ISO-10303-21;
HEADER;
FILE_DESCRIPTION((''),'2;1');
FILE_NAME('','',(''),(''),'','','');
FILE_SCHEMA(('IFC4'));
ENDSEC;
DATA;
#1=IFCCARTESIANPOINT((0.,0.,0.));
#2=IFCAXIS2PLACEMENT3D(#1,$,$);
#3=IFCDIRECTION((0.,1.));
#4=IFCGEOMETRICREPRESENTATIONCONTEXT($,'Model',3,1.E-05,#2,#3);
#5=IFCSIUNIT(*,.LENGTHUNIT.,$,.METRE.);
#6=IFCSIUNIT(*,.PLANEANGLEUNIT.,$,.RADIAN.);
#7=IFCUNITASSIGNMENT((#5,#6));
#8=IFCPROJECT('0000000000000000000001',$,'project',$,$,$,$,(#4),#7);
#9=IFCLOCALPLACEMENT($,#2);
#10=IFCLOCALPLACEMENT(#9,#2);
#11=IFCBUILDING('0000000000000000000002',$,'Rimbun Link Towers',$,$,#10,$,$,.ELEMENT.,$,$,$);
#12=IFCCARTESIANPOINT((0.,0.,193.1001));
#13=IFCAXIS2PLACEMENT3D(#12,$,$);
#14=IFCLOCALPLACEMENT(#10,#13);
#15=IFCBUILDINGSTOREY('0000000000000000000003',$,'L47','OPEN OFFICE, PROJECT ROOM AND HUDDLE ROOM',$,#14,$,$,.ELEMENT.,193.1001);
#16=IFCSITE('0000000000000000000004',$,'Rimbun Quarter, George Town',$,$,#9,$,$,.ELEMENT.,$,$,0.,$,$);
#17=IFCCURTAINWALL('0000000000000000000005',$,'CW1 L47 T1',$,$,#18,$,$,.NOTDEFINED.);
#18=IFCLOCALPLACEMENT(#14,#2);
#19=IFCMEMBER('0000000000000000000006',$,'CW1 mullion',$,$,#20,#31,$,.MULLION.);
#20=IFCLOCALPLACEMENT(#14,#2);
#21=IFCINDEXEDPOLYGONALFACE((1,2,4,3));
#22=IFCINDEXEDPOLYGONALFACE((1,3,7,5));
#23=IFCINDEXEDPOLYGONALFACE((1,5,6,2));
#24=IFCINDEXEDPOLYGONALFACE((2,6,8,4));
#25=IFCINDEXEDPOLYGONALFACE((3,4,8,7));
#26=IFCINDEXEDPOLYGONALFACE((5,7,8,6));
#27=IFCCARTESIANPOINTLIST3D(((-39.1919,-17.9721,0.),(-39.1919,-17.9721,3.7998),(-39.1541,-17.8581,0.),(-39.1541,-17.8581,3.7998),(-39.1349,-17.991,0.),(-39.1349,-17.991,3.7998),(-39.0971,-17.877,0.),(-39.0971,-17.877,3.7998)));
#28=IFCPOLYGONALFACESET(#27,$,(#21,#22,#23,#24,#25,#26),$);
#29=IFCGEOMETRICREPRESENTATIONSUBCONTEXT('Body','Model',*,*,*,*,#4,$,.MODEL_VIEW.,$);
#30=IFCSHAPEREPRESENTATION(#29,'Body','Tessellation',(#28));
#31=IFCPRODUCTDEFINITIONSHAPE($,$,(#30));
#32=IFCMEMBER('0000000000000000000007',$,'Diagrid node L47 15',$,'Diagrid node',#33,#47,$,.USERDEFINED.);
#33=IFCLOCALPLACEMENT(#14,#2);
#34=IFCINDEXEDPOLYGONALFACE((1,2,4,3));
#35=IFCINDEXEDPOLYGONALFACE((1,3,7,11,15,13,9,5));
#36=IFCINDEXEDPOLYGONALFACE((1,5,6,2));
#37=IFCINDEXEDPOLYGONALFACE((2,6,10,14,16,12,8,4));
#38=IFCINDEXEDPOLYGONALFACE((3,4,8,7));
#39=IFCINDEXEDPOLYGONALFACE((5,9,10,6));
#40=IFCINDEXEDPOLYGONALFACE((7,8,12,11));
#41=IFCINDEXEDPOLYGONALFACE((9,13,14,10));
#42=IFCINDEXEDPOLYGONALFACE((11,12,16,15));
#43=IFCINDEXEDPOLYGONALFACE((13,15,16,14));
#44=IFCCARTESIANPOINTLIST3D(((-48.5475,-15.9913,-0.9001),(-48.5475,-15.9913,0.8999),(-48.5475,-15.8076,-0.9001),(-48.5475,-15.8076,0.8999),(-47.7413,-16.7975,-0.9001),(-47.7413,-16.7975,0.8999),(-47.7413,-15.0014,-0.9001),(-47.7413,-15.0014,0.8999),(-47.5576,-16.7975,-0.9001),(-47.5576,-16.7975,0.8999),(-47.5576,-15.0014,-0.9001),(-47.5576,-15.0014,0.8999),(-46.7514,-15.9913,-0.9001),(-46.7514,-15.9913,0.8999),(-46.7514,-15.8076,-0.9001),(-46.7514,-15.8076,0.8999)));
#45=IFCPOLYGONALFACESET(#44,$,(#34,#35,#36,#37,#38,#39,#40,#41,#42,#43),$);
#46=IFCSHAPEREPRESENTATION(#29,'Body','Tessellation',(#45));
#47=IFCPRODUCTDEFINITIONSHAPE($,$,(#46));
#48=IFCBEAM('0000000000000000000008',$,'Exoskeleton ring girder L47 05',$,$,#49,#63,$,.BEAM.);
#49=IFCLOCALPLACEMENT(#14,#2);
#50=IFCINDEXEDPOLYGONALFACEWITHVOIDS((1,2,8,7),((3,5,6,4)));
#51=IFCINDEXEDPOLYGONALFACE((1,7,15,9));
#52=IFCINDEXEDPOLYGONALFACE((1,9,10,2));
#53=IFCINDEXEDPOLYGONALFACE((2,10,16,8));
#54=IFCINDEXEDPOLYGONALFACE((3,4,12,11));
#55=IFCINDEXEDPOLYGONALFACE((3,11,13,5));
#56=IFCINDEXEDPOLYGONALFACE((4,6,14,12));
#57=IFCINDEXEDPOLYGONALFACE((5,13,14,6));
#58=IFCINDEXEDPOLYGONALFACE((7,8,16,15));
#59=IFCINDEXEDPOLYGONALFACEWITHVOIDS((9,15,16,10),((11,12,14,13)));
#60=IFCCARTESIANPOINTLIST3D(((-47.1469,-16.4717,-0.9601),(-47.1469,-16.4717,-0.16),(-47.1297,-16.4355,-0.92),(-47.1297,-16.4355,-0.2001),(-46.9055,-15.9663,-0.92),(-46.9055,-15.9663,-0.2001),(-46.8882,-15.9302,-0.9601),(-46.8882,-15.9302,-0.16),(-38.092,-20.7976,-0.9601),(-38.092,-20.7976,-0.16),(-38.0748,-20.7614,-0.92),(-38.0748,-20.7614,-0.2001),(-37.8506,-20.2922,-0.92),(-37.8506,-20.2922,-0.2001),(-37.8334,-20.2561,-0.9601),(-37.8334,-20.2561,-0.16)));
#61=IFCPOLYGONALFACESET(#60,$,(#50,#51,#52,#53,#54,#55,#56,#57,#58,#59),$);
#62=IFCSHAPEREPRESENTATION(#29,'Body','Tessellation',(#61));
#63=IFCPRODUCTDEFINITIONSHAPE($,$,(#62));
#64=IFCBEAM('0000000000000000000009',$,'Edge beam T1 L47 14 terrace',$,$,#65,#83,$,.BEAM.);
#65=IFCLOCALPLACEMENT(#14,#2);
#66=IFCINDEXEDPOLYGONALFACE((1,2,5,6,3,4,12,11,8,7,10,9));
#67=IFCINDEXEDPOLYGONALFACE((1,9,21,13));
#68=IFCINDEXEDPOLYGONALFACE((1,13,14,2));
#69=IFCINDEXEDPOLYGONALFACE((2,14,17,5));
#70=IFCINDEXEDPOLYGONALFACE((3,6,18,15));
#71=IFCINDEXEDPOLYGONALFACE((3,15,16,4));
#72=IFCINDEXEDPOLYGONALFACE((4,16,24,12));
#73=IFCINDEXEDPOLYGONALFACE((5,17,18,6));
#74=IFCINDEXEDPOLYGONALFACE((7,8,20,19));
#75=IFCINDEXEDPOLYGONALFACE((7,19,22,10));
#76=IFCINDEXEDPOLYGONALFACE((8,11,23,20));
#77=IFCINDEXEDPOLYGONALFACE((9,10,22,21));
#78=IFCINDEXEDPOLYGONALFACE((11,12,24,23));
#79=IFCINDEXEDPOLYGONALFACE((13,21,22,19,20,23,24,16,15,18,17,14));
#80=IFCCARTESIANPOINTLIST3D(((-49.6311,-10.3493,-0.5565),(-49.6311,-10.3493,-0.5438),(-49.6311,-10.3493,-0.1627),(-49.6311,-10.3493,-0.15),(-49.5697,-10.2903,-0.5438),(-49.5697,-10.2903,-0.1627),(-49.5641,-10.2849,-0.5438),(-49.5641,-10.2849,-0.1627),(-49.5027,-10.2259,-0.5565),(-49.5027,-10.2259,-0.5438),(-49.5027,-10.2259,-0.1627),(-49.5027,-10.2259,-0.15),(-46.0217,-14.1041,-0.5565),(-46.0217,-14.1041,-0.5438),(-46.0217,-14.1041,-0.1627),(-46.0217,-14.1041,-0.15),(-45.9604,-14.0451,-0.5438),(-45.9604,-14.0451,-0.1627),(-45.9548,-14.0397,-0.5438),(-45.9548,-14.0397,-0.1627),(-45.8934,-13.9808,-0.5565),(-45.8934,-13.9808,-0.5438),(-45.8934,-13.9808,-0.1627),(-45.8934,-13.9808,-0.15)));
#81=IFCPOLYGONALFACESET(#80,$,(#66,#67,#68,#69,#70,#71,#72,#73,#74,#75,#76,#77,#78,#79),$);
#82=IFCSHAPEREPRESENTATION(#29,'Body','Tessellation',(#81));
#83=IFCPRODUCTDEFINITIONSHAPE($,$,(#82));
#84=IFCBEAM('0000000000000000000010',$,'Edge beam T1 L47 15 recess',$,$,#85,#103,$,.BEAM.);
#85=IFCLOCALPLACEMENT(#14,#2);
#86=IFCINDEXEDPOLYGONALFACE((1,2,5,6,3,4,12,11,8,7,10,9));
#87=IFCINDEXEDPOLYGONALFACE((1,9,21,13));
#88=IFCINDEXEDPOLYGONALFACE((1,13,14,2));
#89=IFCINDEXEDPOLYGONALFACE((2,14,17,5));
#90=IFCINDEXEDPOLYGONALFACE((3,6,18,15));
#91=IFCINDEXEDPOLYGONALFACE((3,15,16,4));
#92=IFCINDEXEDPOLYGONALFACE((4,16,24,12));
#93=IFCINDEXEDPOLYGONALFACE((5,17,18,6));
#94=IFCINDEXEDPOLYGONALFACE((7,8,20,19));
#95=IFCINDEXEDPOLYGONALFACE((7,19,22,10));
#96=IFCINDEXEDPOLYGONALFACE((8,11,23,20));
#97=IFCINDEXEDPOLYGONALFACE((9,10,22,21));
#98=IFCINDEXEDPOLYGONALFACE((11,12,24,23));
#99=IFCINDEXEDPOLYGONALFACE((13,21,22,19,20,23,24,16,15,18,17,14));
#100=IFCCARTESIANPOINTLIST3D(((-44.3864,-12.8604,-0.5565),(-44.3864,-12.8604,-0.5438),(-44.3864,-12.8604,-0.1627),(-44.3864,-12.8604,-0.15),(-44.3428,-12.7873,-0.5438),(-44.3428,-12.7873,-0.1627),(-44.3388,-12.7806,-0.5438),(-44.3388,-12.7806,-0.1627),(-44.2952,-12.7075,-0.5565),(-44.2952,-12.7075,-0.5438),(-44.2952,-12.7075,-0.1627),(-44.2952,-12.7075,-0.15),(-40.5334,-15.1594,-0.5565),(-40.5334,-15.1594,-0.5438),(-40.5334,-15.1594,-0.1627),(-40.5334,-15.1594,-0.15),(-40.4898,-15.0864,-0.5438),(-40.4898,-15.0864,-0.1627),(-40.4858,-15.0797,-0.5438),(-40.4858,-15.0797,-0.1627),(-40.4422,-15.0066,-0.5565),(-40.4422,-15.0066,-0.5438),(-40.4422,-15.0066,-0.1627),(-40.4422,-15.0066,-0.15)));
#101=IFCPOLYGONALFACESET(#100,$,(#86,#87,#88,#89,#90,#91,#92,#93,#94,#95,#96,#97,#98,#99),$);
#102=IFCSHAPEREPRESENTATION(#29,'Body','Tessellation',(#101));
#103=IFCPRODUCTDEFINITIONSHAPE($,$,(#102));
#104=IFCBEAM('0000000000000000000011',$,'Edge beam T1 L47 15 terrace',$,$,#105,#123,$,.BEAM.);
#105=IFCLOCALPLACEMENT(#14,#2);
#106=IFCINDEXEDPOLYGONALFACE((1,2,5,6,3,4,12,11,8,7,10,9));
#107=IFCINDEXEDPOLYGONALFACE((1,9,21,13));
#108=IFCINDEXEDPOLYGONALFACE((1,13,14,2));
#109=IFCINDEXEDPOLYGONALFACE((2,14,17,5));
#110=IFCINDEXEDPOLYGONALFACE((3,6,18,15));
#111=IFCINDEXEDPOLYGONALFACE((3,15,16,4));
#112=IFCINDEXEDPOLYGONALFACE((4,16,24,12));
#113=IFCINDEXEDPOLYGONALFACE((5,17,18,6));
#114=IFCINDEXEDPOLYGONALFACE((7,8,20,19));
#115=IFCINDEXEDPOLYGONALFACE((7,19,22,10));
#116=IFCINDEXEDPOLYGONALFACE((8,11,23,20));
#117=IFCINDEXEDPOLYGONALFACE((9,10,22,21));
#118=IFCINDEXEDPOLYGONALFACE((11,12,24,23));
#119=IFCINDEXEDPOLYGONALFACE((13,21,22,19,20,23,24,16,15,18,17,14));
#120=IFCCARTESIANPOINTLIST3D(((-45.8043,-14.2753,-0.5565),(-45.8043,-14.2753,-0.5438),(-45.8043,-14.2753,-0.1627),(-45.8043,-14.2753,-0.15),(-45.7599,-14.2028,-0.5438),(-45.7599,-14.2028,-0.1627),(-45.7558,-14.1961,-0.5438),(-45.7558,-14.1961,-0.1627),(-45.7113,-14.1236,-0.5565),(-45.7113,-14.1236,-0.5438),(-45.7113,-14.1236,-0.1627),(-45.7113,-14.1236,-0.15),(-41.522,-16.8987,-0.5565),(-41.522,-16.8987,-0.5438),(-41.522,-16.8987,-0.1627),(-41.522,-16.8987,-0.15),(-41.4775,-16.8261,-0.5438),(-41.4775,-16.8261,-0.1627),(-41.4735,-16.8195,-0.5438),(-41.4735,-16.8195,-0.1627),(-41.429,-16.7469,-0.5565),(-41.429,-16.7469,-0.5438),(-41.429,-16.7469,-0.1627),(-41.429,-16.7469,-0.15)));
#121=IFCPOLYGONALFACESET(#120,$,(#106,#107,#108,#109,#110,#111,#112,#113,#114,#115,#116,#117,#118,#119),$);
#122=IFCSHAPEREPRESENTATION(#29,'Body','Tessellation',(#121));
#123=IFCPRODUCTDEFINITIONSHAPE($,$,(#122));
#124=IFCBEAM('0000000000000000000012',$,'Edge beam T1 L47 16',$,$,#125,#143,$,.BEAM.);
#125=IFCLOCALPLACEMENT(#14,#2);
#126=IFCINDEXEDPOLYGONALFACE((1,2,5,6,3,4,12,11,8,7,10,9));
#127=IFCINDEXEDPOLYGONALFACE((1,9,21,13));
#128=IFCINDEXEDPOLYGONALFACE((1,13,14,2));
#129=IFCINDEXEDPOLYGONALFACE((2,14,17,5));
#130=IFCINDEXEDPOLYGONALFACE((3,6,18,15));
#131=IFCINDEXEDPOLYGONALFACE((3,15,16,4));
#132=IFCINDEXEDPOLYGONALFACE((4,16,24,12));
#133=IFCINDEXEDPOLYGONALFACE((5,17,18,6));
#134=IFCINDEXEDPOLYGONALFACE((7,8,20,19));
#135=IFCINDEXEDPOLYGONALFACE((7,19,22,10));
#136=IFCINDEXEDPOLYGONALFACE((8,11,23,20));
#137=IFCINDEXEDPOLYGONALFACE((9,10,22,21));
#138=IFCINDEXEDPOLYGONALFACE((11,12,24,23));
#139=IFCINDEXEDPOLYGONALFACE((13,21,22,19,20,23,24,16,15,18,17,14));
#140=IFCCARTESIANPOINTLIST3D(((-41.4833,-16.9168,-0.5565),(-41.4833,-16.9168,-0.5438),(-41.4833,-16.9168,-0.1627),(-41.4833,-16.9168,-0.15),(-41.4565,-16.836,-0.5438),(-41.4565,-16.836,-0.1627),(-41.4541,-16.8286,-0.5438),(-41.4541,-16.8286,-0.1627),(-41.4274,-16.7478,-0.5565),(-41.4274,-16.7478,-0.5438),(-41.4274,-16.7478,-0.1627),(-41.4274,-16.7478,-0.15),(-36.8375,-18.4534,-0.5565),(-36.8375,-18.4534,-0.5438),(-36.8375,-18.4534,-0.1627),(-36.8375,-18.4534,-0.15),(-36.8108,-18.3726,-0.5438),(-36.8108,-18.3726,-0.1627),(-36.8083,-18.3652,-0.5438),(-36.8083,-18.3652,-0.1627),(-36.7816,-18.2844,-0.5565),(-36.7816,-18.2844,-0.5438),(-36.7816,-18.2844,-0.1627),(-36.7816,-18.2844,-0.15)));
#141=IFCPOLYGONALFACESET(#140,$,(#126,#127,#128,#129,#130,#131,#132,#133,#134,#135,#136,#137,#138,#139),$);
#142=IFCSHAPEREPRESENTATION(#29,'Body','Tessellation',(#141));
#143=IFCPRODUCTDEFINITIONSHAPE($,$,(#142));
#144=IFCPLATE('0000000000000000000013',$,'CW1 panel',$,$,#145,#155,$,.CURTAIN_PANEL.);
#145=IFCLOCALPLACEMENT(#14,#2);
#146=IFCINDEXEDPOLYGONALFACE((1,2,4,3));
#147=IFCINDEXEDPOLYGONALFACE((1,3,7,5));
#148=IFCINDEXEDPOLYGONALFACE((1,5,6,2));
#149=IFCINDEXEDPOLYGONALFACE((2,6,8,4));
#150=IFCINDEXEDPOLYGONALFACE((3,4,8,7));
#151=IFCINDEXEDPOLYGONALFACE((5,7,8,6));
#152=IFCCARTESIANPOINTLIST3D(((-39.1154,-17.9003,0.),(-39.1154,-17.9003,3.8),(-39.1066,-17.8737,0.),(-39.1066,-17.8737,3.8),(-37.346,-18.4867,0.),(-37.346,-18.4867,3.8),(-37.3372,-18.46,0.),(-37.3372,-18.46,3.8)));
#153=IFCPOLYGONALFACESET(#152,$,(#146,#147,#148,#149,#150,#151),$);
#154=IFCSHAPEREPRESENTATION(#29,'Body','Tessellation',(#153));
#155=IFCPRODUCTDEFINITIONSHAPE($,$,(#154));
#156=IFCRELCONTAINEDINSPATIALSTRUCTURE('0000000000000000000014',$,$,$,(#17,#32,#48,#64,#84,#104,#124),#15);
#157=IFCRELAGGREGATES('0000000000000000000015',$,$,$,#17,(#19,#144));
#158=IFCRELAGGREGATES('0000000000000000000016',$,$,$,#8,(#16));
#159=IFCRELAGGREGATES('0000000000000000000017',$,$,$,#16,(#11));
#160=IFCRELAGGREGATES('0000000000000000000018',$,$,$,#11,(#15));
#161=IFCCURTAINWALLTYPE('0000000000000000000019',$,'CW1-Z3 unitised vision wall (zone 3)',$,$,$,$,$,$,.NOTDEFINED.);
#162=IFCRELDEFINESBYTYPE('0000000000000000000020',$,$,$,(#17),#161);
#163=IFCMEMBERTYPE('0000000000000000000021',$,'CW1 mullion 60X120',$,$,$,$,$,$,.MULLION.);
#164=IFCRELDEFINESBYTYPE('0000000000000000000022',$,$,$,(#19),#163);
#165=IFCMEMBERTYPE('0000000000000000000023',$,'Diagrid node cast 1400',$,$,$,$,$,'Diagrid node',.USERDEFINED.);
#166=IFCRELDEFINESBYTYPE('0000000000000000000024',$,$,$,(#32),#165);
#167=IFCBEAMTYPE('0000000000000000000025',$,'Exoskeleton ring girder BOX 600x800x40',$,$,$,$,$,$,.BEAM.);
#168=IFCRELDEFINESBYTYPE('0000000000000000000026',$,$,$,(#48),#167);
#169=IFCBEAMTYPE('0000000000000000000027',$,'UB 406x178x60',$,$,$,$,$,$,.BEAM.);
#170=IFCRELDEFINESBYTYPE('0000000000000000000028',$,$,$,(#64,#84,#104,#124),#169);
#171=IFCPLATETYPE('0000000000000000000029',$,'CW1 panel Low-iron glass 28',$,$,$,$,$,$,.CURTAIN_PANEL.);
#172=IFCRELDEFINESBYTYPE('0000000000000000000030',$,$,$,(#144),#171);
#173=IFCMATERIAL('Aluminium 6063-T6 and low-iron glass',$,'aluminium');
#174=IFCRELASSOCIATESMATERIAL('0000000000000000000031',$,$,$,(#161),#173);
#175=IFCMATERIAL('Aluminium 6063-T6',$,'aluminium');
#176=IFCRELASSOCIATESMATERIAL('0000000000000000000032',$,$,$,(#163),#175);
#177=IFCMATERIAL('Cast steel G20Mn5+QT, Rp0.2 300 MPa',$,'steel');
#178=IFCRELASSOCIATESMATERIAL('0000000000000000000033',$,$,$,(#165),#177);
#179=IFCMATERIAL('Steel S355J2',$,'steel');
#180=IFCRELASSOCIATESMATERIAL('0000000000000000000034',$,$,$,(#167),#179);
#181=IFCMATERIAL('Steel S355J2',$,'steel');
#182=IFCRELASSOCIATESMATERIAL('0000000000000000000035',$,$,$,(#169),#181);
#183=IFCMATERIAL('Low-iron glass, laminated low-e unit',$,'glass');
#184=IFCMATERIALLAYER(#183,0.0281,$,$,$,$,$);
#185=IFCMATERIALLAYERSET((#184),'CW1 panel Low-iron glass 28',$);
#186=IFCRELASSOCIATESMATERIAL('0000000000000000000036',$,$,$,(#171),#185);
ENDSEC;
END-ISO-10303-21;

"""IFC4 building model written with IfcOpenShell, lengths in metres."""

from ifc_helpers import new_model, si_unit, direction, frame, origin, origin_2d, place, context, subcontext, project, spatial, polyline, rectangle, hollow_rectangle, i_section, outline, extrude, material, layer, layer_set, material_profile, profile_set, type_object, element, aggregate, save


model = new_model("IFC4")

# Units and contexts
model_context = context("Model", 3, precision=1e-05, world=origin(), true_north=direction((0.0, 1.0)))
body_context = subcontext(model_context, "Body", "Model", "MODEL_VIEW")
ifc_project = project(units=[si_unit("LENGTHUNIT", "METRE"), si_unit("PLANEANGLEUNIT", "RADIAN")], contexts=[model_context])

# Site, building, storey
site_placement = place(None, origin())
site = spatial("IfcSite", under=ifc_project, at=site_placement, Name="Rimbun Quarter, George Town", CompositionType="ELEMENT", RefElevation=0.0)
building_placement = place(site_placement, origin())
building = spatial("IfcBuilding", under=site, at=building_placement, Name="Rimbun Link Towers", CompositionType="ELEMENT")
storey_placement = place(building_placement, frame((0.0, 0.0, 193.1001)))
storey = spatial("IfcBuildingStorey", under=building, at=storey_placement, Name="L47", Description="OPEN OFFICE, PROJECT ROOM AND HUDDLE ROOM", CompositionType="ELEMENT", Elevation=193.1001)

# Curtain wall, member
ifc_material_1 = material(Name="Aluminium 6063-T6 and low-iron glass", Category="aluminium")
curtain_wall_type = type_object("IfcCurtainWallType", Name="CW1-Z3 unitised vision wall (zone 3)", PredefinedType="NOTDEFINED", material=ifc_material_1)
curtain_wall_placement = place(storey_placement, origin())
curtain_wall = element("IfcCurtainWall", 1, at=curtain_wall_placement, inside=storey, type_object=curtain_wall_type, Name="CW1 L47 T1", PredefinedType="NOTDEFINED")
ifc_material_2 = material(Name="Aluminium 6063-T6", Category="aluminium")
ifc_material_profile_1 = material_profile(ifc_material_2, rectangle(XDim=0.1201, YDim=0.0601, at=origin_2d()), Name="MULLION 60X120")
ifc_profile_set_1 = profile_set([ifc_material_profile_1], Name="Aluminium 6063-T6")
member_type_1 = type_object("IfcMemberType", Name="CW1 mullion 60X120", PredefinedType="MULLION", material=ifc_profile_set_1)
member_1_placement = place(storey_placement, frame((-39.1445, -17.9246, 0.0), z_axis=(0.0, 0.0, 1.0), x_axis=(-0.314558, -0.949238, 0.0)))
member_1 = element("IfcMember", 2, at=member_1_placement, type_object=member_type_1, Name="CW1 mullion", PredefinedType="MULLION", context=body_context, shape_type="SweptSolid", body=[
    extrude(rectangle(XDim=0.1201, YDim=0.0601, at=origin_2d()), origin(), (0.0, 0.0, 1.0), 3.7998),
])

# Member
ifc_material_3 = material(Name="Cast steel G20Mn5+QT, Rp0.2 300 MPa", Category="steel")
ifc_material_profile_2 = material_profile(ifc_material_3, outline(polyline([(0.7, -0.5701), (0.7, 0.5701), (0.5701, 0.7), (-0.5701, 0.7), (-0.7, 0.5701), (-0.7, -0.5701), (-0.5701, -0.7), (0.5701, -0.7), (0.7, -0.5701)])), Name="NODE 1400x1400")
ifc_profile_set_2 = profile_set([ifc_material_profile_2], Name="Cast steel G20Mn5+QT, Rp0.2 300 MPa")
member_type_2 = type_object("IfcMemberType", Name="Diagrid node cast 1400", ElementType="Diagrid node", PredefinedType="USERDEFINED", material=ifc_profile_set_2)
member_2_placement = place(storey_placement, frame((-47.6494, -15.8994, -0.9001), z_axis=(0.0, 0.0, 1.0), x_axis=(-0.707107, -0.707107, 0.0)))
element("IfcMember", 3, at=member_2_placement, inside=storey, type_object=member_type_2, Name="Diagrid node L47 15", ObjectType="Diagrid node", PredefinedType="USERDEFINED", context=body_context, shape_type="SweptSolid", body=[
    extrude(outline(polyline([(0.7, -0.5701), (0.7, 0.5701), (0.5701, 0.7), (-0.5701, 0.7), (-0.7, 0.5701), (-0.7, -0.5701), (-0.5701, -0.7), (0.5701, -0.7), (0.7, -0.5701)])), origin(), (0.0, 0.0, 1.0), 1.8),
])

# Beams
ifc_material_4 = material(Name="Steel S355J2", Category="steel")
ifc_material_profile_3 = material_profile(ifc_material_4, hollow_rectangle(XDim=0.6001, YDim=0.8, WallThickness=0.04, at=origin_2d()), Name="Exoskeleton ring girder BOX 600x800x40")
ifc_profile_set_3 = profile_set([ifc_material_profile_3], Name="Steel S355J2")
beam_type_1 = type_object("IfcBeamType", Name="Exoskeleton ring girder BOX 600x800x40", PredefinedType="BEAM", material=ifc_profile_set_3)
beam_1_placement = place(storey_placement, frame((-47.0176, -16.2009, -0.5601), z_axis=(0.902316, -0.431075, 0.0), x_axis=(0.431075, 0.902316, 0.0)))
element("IfcBeam", 4, at=beam_1_placement, inside=storey, type_object=beam_type_1, Name="Exoskeleton ring girder L47 05", PredefinedType="BEAM", context=body_context, shape_type="SweptSolid", body=[
    extrude(hollow_rectangle(XDim=0.6001, YDim=0.8, WallThickness=0.04, at=origin_2d()), origin(), (0.0, 0.0, 1.0), 10.0352),
])
ifc_material_5 = material(Name="Steel S355J2", Category="steel")
ifc_material_profile_4 = material_profile(ifc_material_5, i_section(OverallWidth=0.178, OverallDepth=0.4065, WebThickness=0.0078, FlangeThickness=0.0127, at=origin_2d()), Name="UB 406x178x60")
ifc_profile_set_4 = profile_set([ifc_material_profile_4], Name="Steel S355J2")
beam_type_2 = type_object("IfcBeamType", Name="UB 406x178x60", PredefinedType="BEAM", material=ifc_profile_set_4)
beam_2_placement = place(storey_placement, frame((-49.5669, -10.2876, -0.3533), z_axis=(0.693, -0.720938, 0.0), x_axis=(0.720938, 0.693, 0.0)))
element("IfcBeam", 5, at=beam_2_placement, inside=storey, type_object=beam_type_2, Name="Edge beam T1 L47 14 terrace", PredefinedType="BEAM", context=body_context, shape_type="SweptSolid", body=[
    extrude(i_section(OverallWidth=0.178, OverallDepth=0.4065, WebThickness=0.0078, FlangeThickness=0.0127, at=origin_2d()), origin(), (0.0, 0.0, 1.0), 5.2083),
])
beam_3_placement = place(storey_placement, frame((-44.3408, -12.7839, -0.3533), z_axis=(0.858743, -0.512406, 0.0), x_axis=(0.512406, 0.858743, 0.0)))
element("IfcBeam", 6, at=beam_3_placement, inside=storey, type_object=beam_type_2, Name="Edge beam T1 L47 15 recess", PredefinedType="BEAM", context=body_context, shape_type="SweptSolid", body=[
    extrude(i_section(OverallWidth=0.178, OverallDepth=0.4065, WebThickness=0.0078, FlangeThickness=0.0127, at=origin_2d()), origin(), (0.0, 0.0, 1.0), 4.4868),
])
beam_4_placement = place(storey_placement, frame((-45.7578, -14.1995, -0.3533), z_axis=(0.852717, -0.522374, 0.0), x_axis=(0.522374, 0.852717, 0.0)))
element("IfcBeam", 7, at=beam_4_placement, inside=storey, type_object=beam_type_2, Name="Edge beam T1 L47 15 terrace", PredefinedType="BEAM", context=body_context, shape_type="SweptSolid", body=[
    extrude(i_section(OverallWidth=0.178, OverallDepth=0.4065, WebThickness=0.0078, FlangeThickness=0.0127, at=origin_2d()), origin(), (0.0, 0.0, 1.0), 5.022),
])
beam_5_placement = place(storey_placement, frame((-41.4553, -16.8323, -0.3533), z_axis=(0.949414, -0.314027, 0.0), x_axis=(0.314027, 0.949414, 0.0)))
element("IfcBeam", 8, at=beam_5_placement, inside=storey, type_object=beam_type_2, Name="Edge beam T1 L47 16", PredefinedType="BEAM", context=body_context, shape_type="SweptSolid", body=[
    extrude(i_section(OverallWidth=0.178, OverallDepth=0.4065, WebThickness=0.0078, FlangeThickness=0.0127, at=origin_2d()), origin(), (0.0, 0.0, 1.0), 4.8933),
])

# Plate
ifc_material_6 = material(Name="Low-iron glass, laminated low-e unit", Category="glass")
ifc_layer_1 = layer(ifc_material_6, 0.0281)
ifc_layer_set_1 = layer_set([ifc_layer_1], Name="CW1 panel Low-iron glass 28")
plate_type = type_object("IfcPlateType", Name="CW1 panel Low-iron glass 28", PredefinedType="CURTAIN_PANEL", material=ifc_layer_set_1)
plate_placement = place(storey_placement, frame((-38.2263, -18.1802, 0.0), z_axis=(0.0, 0.0, 1.0), x_axis=(-0.949238, 0.314558, 0.0)))
plate = element("IfcPlate", 9, at=plate_placement, type_object=plate_type, Name="CW1 panel", PredefinedType="CURTAIN_PANEL", context=body_context, shape_type="SweptSolid", body=[
    extrude(rectangle(XDim=1.864, YDim=0.0281, at=origin_2d()), origin(), (0.0, 0.0, 1.0), 3.8),
])
aggregate(curtain_wall, [member_1, plate])

save(model, "model.ifc")
